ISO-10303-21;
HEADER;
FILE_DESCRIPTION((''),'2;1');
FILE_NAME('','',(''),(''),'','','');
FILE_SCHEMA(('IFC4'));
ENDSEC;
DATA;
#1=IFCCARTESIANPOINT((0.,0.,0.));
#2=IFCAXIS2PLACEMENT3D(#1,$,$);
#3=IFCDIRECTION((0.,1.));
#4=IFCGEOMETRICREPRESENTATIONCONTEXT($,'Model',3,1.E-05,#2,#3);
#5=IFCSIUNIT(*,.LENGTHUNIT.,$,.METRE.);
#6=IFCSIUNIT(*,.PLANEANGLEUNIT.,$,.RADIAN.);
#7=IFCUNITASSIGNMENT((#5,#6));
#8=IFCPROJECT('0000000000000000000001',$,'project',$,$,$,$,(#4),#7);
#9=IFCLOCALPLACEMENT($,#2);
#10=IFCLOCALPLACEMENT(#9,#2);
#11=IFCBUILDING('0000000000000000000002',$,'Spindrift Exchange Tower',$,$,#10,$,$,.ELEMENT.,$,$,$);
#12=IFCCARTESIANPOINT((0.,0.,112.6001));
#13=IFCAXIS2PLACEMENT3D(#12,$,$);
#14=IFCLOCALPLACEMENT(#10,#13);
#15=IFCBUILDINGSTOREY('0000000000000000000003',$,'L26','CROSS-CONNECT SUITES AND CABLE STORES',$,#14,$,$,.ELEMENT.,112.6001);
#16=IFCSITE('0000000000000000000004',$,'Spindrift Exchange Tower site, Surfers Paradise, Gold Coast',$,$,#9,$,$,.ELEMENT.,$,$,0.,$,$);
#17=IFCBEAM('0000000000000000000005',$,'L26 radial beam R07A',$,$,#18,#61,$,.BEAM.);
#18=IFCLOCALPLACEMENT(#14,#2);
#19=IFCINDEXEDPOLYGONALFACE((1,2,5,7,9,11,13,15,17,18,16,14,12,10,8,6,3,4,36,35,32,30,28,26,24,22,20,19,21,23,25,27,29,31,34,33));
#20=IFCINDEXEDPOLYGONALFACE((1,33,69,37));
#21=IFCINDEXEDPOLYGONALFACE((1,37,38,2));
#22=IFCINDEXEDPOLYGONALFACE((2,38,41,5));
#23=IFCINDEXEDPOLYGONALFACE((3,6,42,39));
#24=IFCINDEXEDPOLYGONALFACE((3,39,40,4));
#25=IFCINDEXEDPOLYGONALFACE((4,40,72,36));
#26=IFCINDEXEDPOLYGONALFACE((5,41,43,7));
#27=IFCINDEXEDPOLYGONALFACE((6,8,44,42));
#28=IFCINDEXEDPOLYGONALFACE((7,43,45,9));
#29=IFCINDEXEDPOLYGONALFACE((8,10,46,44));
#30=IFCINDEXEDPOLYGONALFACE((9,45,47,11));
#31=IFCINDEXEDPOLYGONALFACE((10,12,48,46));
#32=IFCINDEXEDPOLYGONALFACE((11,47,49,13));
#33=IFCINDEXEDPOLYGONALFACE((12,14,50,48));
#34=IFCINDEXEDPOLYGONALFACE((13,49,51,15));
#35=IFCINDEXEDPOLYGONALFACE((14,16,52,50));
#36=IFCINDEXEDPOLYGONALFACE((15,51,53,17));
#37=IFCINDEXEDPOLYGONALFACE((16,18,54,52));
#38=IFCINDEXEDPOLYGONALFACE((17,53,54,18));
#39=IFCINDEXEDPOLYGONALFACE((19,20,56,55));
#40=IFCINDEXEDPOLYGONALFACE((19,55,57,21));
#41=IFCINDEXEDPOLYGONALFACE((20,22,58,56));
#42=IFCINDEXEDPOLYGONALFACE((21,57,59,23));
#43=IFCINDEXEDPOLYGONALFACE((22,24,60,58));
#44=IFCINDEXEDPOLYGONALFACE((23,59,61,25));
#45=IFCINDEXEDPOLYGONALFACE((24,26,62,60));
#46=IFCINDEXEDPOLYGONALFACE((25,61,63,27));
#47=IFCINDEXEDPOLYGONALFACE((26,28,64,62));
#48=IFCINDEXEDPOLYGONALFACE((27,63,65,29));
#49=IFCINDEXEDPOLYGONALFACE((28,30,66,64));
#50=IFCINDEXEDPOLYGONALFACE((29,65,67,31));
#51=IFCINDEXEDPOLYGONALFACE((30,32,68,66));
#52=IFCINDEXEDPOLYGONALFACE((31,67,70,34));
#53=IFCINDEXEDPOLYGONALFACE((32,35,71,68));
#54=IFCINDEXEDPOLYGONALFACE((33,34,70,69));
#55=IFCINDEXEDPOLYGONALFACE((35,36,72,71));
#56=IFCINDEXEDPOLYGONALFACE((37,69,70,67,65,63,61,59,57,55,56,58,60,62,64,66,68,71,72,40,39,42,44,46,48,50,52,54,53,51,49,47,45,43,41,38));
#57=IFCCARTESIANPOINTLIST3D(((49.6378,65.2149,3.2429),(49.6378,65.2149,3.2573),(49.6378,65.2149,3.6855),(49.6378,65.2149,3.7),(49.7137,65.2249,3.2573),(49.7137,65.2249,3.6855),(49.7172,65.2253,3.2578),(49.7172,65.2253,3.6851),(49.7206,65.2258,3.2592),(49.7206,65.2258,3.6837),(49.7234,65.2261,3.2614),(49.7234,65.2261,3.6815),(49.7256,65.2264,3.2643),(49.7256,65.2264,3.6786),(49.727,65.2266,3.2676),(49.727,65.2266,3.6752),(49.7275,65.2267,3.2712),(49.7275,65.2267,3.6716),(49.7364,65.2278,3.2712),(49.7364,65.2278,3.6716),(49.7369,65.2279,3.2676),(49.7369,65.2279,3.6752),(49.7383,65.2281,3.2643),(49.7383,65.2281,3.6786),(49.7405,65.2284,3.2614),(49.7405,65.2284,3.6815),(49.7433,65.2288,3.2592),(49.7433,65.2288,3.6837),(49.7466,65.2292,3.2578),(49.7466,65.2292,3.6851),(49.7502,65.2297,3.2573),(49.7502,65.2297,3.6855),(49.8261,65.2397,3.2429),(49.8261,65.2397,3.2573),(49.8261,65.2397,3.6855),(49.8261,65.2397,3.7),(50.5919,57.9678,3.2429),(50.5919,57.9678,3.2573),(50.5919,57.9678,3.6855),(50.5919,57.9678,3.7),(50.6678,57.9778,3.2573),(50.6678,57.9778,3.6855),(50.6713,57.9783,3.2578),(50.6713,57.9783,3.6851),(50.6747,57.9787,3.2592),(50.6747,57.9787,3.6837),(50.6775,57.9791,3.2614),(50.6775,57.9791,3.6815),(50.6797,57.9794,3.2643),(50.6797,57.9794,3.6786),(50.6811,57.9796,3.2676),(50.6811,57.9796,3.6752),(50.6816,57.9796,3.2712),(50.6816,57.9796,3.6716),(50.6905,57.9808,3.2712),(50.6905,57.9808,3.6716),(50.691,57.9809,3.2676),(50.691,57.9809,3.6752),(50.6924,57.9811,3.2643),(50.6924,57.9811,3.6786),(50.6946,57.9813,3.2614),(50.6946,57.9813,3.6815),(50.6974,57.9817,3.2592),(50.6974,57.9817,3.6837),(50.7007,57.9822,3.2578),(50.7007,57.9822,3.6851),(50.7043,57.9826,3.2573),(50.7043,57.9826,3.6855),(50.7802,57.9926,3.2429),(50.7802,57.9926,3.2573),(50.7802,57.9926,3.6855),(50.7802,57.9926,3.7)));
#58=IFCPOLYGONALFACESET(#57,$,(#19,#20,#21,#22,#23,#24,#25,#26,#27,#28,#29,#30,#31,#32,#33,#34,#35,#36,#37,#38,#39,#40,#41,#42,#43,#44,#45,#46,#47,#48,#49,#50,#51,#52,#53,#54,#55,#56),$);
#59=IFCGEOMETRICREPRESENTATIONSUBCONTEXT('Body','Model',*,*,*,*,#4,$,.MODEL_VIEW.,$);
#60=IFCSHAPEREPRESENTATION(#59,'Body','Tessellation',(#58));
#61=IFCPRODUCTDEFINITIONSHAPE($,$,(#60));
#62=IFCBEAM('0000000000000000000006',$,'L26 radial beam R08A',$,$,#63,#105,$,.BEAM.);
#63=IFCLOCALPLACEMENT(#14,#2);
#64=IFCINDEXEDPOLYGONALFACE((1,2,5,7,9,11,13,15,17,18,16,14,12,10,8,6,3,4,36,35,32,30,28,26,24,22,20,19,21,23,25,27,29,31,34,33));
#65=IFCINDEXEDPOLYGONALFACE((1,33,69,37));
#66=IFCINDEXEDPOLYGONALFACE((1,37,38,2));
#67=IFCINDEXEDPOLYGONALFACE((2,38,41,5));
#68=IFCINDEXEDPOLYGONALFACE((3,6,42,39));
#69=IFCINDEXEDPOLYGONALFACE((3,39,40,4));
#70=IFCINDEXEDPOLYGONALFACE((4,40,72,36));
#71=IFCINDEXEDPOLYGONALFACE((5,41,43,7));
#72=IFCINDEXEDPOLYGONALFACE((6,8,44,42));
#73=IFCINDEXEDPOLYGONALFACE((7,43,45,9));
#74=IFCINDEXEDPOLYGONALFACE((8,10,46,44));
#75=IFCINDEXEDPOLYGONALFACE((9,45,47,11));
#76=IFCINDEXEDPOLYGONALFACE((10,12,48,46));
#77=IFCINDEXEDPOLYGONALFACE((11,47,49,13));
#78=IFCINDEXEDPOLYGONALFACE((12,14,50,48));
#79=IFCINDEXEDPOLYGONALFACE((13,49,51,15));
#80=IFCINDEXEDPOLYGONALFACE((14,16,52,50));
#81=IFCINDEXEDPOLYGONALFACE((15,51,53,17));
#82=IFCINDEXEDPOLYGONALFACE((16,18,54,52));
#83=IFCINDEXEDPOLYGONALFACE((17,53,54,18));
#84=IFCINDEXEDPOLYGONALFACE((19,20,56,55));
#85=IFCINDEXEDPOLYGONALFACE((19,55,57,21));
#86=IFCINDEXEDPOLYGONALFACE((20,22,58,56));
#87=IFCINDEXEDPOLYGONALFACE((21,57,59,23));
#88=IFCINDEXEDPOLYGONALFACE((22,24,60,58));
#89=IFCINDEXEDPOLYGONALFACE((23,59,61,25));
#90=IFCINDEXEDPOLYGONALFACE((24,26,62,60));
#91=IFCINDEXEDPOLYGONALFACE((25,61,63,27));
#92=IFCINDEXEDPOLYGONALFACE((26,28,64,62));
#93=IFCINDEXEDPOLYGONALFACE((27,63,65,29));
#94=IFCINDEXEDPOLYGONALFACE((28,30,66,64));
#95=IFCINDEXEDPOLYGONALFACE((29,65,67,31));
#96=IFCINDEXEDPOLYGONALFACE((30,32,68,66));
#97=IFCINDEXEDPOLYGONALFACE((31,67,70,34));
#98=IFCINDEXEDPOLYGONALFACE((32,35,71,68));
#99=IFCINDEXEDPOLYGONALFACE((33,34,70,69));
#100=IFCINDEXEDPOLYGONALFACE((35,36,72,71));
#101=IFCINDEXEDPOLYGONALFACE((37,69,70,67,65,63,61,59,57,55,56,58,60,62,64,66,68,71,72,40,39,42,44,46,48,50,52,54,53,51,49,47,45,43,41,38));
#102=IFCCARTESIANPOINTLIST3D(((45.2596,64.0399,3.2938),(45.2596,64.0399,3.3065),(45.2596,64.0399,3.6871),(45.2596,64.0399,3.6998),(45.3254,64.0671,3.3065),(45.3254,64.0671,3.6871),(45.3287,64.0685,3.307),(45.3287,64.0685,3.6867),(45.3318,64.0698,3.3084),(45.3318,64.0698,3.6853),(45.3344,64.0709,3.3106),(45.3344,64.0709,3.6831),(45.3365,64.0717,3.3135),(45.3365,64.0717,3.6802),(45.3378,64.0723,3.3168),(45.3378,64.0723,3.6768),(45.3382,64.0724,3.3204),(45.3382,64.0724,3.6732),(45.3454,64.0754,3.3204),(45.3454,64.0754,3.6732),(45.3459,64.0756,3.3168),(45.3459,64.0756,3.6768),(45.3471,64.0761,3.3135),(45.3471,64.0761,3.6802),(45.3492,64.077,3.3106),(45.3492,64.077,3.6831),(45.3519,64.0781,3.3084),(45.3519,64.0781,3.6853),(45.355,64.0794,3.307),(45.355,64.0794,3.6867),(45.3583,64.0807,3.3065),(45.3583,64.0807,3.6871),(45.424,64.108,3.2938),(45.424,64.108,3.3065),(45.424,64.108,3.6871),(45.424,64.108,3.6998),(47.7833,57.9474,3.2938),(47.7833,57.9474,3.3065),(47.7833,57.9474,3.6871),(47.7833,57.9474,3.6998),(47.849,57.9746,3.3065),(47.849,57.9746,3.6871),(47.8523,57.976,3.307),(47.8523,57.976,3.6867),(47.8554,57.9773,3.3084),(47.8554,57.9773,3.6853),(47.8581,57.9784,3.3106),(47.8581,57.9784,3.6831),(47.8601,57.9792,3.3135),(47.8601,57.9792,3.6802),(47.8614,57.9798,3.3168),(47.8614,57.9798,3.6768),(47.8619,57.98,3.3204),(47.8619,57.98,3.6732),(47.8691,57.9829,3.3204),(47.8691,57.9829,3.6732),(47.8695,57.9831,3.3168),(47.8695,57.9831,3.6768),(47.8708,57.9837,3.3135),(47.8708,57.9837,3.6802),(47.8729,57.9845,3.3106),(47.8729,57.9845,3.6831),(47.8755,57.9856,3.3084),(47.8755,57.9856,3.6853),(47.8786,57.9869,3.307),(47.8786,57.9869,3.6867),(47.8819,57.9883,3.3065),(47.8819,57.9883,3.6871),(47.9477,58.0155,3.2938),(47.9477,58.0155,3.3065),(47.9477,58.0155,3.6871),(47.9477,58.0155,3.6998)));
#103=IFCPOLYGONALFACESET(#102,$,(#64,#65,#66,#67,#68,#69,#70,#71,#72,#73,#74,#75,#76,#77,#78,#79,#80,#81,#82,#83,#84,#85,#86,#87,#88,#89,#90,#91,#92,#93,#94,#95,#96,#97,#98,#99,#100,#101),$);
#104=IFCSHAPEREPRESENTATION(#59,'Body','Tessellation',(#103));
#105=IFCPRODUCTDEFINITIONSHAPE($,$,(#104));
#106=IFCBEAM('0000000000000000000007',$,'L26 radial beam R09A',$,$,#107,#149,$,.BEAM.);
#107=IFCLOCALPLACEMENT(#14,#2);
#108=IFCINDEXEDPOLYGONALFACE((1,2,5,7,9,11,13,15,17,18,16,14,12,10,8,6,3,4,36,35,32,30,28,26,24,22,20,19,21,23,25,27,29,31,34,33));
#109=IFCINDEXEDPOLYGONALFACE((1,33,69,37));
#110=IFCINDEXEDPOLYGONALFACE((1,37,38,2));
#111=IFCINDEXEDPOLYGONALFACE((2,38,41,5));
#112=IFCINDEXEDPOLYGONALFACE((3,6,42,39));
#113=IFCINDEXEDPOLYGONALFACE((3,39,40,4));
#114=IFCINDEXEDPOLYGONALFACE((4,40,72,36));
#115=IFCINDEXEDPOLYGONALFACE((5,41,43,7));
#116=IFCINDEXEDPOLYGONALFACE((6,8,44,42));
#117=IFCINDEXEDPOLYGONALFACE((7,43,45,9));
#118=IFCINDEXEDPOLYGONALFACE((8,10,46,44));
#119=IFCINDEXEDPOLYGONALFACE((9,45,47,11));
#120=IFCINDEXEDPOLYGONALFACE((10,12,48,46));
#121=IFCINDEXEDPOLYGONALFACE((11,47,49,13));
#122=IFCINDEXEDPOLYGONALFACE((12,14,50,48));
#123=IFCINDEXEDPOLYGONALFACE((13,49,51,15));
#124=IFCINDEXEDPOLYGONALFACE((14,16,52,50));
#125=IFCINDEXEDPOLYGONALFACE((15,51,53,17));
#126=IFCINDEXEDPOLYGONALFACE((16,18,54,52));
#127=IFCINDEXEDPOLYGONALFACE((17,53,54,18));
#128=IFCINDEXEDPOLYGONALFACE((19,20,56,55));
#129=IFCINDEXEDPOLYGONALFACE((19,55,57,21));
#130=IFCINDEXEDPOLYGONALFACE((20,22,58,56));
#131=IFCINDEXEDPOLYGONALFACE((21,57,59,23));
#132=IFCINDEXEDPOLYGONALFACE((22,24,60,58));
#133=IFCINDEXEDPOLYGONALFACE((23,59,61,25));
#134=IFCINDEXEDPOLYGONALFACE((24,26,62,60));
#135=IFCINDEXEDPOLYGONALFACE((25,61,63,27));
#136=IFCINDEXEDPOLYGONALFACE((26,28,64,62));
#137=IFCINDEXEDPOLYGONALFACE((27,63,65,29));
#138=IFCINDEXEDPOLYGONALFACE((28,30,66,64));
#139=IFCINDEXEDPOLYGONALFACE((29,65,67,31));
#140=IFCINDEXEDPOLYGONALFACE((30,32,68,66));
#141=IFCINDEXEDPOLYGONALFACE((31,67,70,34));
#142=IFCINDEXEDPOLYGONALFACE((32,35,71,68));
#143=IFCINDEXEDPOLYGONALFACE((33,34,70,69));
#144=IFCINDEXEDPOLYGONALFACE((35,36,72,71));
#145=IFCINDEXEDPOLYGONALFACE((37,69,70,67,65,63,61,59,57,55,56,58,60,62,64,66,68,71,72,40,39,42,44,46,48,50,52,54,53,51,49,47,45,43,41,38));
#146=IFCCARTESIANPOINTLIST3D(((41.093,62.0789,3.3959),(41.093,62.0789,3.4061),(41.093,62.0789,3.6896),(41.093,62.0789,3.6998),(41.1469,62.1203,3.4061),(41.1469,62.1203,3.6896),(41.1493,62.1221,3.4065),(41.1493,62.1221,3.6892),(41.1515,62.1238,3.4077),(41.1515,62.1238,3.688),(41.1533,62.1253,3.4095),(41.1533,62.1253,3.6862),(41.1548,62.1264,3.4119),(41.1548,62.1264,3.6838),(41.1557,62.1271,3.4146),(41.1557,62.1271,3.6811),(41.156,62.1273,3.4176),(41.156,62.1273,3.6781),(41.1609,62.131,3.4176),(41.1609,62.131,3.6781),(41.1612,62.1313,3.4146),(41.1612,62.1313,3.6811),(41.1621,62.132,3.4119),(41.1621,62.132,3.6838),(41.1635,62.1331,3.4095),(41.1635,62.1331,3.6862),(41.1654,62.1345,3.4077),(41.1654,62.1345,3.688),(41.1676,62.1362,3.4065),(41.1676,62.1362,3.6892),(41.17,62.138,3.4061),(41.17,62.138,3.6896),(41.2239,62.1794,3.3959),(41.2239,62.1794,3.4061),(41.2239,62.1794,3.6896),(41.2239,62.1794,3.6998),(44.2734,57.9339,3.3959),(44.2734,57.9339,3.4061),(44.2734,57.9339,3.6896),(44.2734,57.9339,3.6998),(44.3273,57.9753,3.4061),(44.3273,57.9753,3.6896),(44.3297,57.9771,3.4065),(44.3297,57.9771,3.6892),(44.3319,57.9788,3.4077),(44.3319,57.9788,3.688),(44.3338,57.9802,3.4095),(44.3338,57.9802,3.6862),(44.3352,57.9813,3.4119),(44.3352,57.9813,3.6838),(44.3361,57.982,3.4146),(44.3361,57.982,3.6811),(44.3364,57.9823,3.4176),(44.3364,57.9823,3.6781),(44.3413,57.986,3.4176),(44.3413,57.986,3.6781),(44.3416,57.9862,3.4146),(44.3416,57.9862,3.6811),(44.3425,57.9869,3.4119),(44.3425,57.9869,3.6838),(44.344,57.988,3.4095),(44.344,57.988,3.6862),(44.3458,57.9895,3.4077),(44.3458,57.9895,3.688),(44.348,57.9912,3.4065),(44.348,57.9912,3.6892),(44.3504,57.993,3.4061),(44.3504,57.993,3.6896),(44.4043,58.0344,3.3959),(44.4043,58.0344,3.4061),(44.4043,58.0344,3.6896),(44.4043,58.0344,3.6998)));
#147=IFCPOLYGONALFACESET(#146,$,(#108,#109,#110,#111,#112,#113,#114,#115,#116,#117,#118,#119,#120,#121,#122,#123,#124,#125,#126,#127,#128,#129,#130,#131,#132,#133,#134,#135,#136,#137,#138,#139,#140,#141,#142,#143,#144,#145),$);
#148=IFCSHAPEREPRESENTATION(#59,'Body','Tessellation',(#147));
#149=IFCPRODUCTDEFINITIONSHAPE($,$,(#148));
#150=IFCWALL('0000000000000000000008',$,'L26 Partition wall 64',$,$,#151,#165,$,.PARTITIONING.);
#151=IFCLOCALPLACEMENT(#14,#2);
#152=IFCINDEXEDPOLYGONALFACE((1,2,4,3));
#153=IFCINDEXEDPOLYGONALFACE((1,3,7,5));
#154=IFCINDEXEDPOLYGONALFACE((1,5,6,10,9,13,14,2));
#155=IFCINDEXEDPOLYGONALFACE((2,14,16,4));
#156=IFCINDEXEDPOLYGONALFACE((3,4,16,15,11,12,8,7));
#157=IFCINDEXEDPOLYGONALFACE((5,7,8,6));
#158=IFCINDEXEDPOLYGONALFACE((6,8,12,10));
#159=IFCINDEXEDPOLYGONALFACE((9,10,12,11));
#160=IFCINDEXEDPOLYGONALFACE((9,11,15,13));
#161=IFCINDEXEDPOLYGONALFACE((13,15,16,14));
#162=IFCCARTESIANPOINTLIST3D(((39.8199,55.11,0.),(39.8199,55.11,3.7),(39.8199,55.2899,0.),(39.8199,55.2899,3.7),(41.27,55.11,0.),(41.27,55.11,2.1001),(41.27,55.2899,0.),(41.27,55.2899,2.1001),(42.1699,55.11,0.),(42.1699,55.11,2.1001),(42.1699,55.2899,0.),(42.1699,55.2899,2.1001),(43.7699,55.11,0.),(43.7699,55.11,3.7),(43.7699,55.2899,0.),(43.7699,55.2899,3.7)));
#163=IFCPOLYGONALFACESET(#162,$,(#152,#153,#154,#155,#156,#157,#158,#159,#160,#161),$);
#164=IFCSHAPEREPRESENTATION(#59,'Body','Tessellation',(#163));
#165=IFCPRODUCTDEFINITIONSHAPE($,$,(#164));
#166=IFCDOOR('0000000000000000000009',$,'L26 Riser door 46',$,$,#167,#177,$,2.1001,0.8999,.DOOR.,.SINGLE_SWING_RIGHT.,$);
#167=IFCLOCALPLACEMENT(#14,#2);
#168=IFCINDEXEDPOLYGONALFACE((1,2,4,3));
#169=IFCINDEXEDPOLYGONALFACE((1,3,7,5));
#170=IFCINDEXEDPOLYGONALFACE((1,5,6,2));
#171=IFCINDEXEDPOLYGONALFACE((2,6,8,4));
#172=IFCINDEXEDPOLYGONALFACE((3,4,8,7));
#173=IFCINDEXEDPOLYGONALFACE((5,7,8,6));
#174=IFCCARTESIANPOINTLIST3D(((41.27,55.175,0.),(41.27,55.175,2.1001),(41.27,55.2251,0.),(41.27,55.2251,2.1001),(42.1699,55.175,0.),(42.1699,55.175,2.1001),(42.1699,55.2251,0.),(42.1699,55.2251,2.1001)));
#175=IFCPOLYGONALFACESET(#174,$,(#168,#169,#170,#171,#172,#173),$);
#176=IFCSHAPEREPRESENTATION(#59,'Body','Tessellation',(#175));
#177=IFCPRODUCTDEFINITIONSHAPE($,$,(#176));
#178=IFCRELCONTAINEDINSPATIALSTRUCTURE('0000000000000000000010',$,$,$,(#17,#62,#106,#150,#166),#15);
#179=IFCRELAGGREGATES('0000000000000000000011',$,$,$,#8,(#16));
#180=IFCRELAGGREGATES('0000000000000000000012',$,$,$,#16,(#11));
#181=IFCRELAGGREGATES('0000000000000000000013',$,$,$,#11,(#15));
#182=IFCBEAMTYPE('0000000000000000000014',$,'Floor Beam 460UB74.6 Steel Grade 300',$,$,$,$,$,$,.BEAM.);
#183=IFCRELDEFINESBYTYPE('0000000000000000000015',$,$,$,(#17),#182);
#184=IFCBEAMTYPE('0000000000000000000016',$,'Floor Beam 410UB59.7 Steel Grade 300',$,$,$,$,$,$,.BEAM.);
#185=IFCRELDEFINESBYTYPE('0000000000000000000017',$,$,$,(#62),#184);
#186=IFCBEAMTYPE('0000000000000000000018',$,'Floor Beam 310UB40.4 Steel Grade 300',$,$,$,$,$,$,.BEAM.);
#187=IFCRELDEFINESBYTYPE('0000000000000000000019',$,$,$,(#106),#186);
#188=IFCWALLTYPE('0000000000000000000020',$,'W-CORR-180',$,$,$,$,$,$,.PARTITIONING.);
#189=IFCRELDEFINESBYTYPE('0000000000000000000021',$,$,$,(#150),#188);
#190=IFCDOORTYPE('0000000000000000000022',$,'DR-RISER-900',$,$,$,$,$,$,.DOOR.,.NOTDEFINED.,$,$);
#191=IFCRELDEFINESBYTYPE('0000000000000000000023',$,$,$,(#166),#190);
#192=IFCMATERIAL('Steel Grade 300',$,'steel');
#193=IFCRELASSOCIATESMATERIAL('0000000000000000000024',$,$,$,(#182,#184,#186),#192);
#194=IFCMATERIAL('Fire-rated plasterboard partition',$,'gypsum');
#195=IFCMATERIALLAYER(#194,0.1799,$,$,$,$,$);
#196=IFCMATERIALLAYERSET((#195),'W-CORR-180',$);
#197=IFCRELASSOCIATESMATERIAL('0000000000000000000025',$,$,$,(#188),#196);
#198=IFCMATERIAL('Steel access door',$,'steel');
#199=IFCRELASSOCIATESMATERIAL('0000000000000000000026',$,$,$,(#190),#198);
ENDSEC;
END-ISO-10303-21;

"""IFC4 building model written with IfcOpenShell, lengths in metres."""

from ifc_helpers import new_model, si_unit, direction, frame, frame_2d, origin, origin_2d, place, context, subcontext, project, spatial, rectangle, i_section, extrude, source, transform, mapped, material, layer, layer_set, material_profile, profile_set, type_object, element, fill, save


model = new_model("IFC4")

# Units and contexts
model_context = context("Model", 3, precision=1e-05, world=origin(), true_north=direction((0.0, 1.0)))
body_context = subcontext(model_context, "Body", "Model", "MODEL_VIEW")
ifc_project = project(units=[si_unit("LENGTHUNIT", "METRE"), si_unit("PLANEANGLEUNIT", "RADIAN")], contexts=[model_context])

# Site, building, storey
site_placement = place(None, origin())
site = spatial("IfcSite", under=ifc_project, at=site_placement, Name="Spindrift Exchange Tower site, Surfers Paradise, Gold Coast", CompositionType="ELEMENT", RefElevation=0.0)
building_placement = place(site_placement, origin())
building = spatial("IfcBuilding", under=site, at=building_placement, Name="Spindrift Exchange Tower", CompositionType="ELEMENT")
storey_placement = place(building_placement, frame((0.0, 0.0, 112.6001)))
storey = spatial("IfcBuildingStorey", under=building, at=storey_placement, Name="L26", Description="CROSS-CONNECT SUITES AND CABLE STORES", CompositionType="ELEMENT", Elevation=112.6001)

# Beams
ifc_material_1 = material(Name="Steel Grade 300", Category="steel")
ifc_material_profile_1 = material_profile(ifc_material_1, i_section(OverallWidth=0.1899, OverallDepth=0.457, WebThickness=0.009, FlangeThickness=0.0144, FilletRadius=0.0139, at=origin_2d()), Name="460UB74.6")
ifc_profile_set_1 = profile_set([ifc_material_profile_1], Name="Steel Grade 300")
beam_type_1 = type_object("IfcBeamType", Name="Floor Beam 460UB74.6 Steel Grade 300", PredefinedType="BEAM", material=ifc_profile_set_1)
shared_shape_1 = source(origin(), body_context, "Body", "SweptSolid", [
    extrude(i_section(OverallWidth=0.1899, OverallDepth=0.457, WebThickness=0.009, FlangeThickness=0.0144, FilletRadius=0.0139, at=origin_2d()), origin(), (0.0, 0.0, 1.0), 7.3096),
])
beam_1_placement = place(storey_placement, frame((50.686, 57.9802, 3.4714), z_axis=(-0.130527, 0.991445, 0.0), x_axis=(-0.991445, -0.130527, 0.0)))
element("IfcBeam", 1, at=beam_1_placement, inside=storey, type_object=beam_type_1, Name="L26 radial beam R07A", PredefinedType="BEAM", context=body_context, shape_type="MappedRepresentation", body=[
    mapped(shared_shape_1, transform((0.0, 0.0, 0.0), scale=1.0)),
])
ifc_material_profile_2 = material_profile(ifc_material_1, i_section(OverallWidth=0.178, OverallDepth=0.406, WebThickness=0.0078, FlangeThickness=0.0127, FilletRadius=0.0139, at=origin_2d()), Name="410UB59.7")
ifc_profile_set_2 = profile_set([ifc_material_profile_2], Name="Steel Grade 300")
beam_type_2 = type_object("IfcBeamType", Name="Floor Beam 410UB59.7 Steel Grade 300", PredefinedType="BEAM", material=ifc_profile_set_2)
shared_shape_2 = source(origin(), body_context, "Body", "SweptSolid", [
    extrude(i_section(OverallWidth=0.178, OverallDepth=0.406, WebThickness=0.0078, FlangeThickness=0.0127, FilletRadius=0.0139, at=origin_2d()), origin(), (0.0, 0.0, 1.0), 6.5945),
])
beam_2_placement = place(storey_placement, frame((47.8655, 57.9814, 3.4968), z_axis=(-0.382693, 0.923876, 0.0), x_axis=(-0.923876, -0.382693, 0.0)))
element("IfcBeam", 2, at=beam_2_placement, inside=storey, type_object=beam_type_2, Name="L26 radial beam R08A", PredefinedType="BEAM", context=body_context, shape_type="MappedRepresentation", body=[
    mapped(shared_shape_2, transform((0.0, 0.0, 0.0), scale=1.0)),
])
ifc_material_profile_3 = material_profile(ifc_material_1, i_section(OverallWidth=0.165, OverallDepth=0.304, WebThickness=0.0061, FlangeThickness=0.0103, FilletRadius=0.0115, at=origin_2d()), Name="310UB40.4")
ifc_profile_set_3 = profile_set([ifc_material_profile_3], Name="Steel Grade 300")
beam_type_3 = type_object("IfcBeamType", Name="Floor Beam 310UB40.4 Steel Grade 300", PredefinedType="BEAM", material=ifc_profile_set_3)
shared_shape_3 = source(origin(), body_context, "Body", "SweptSolid", [
    extrude(i_section(OverallWidth=0.165, OverallDepth=0.304, WebThickness=0.0061, FlangeThickness=0.0103, FilletRadius=0.0115, at=origin_2d()), origin(), (0.0, 0.0, 1.0), 5.2246),
])
beam_3_placement = place(storey_placement, frame((44.3389, 57.9841, 3.5479), z_axis=(-0.608741, 0.793369, 0.0), x_axis=(-0.793369, -0.608741, 0.0)))
element("IfcBeam", 3, at=beam_3_placement, inside=storey, type_object=beam_type_3, Name="L26 radial beam R09A", PredefinedType="BEAM", context=body_context, shape_type="MappedRepresentation", body=[
    mapped(shared_shape_3, transform((0.0, 0.0, 0.0), scale=1.0)),
])

# Wall, opening, door
ifc_material_2 = material(Name="Fire-rated plasterboard partition", Category="gypsum")
ifc_layer_1 = layer(ifc_material_2, 0.1799)
ifc_layer_set_1 = layer_set([ifc_layer_1], Name="W-CORR-180")
wall_type_1 = type_object("IfcWallType", Name="W-CORR-180", PredefinedType="PARTITIONING", material=ifc_layer_set_1)
wall_1_placement = place(storey_placement, frame((43.77, 55.2, 0.0), z_axis=(0.0, 0.0, 1.0), x_axis=(-1.0, 0.0, 0.0)))
wall_1 = element("IfcWall", 4, at=wall_1_placement, inside=storey, type_object=wall_type_1, Name="L26 Partition wall 64", PredefinedType="PARTITIONING", context=body_context, shape_type="SweptSolid", body=[
    extrude(rectangle(XDim=3.95, YDim=0.1799, at=frame_2d((1.9751, 0.0))), origin(), (0.0, 0.0, 1.0), 3.7),
])
opening_1_placement = place(wall_1_placement, frame((1.6001, 0.0, 0.0)))
opening_1 = element("IfcOpeningElement", 5, at=opening_1_placement, cuts=wall_1, PredefinedType="OPENING", context=body_context, shape_type="SweptSolid", body=[
    extrude(rectangle(XDim=0.8999, YDim=2.1001, at=frame_2d((0.45, 1.05))), frame((0.0, 0.0999, 0.0), z_axis=(0.0, -1.0, 0.0), x_axis=(1.0, 0.0, 0.0)), (0.0, 0.0, 1.0), 0.2),
])
ifc_material_3 = material(Name="Steel access door", Category="steel")
door_type_1 = type_object("IfcDoorType", Name="DR-RISER-900", OperationType="NOTDEFINED", PredefinedType="DOOR", material=ifc_material_3)
shared_shape_4 = source(origin(), body_context, "Body", "SweptSolid", [
    extrude(rectangle(XDim=0.8999, YDim=2.1001, at=frame_2d((0.45, 1.05))), frame((0.0, 0.0249, 0.0), z_axis=(0.0, -1.0, 0.0), x_axis=(1.0, 0.0, 0.0)), (0.0, 0.0, 1.0), 0.05),
])
door_1_placement = place(opening_1_placement, origin())
door_1 = element("IfcDoor", 6, at=door_1_placement, inside=storey, type_object=door_type_1, Name="L26 Riser door 46", OperationType="SINGLE_SWING_RIGHT", OverallHeight=2.1001, OverallWidth=0.8999, PredefinedType="DOOR", context=body_context, shape_type="MappedRepresentation", body=[
    mapped(shared_shape_4, transform((0.0, 0.0, 0.0), scale=1.0)),
])
fill(opening_1, door_1)

save(model, "model.ifc")
